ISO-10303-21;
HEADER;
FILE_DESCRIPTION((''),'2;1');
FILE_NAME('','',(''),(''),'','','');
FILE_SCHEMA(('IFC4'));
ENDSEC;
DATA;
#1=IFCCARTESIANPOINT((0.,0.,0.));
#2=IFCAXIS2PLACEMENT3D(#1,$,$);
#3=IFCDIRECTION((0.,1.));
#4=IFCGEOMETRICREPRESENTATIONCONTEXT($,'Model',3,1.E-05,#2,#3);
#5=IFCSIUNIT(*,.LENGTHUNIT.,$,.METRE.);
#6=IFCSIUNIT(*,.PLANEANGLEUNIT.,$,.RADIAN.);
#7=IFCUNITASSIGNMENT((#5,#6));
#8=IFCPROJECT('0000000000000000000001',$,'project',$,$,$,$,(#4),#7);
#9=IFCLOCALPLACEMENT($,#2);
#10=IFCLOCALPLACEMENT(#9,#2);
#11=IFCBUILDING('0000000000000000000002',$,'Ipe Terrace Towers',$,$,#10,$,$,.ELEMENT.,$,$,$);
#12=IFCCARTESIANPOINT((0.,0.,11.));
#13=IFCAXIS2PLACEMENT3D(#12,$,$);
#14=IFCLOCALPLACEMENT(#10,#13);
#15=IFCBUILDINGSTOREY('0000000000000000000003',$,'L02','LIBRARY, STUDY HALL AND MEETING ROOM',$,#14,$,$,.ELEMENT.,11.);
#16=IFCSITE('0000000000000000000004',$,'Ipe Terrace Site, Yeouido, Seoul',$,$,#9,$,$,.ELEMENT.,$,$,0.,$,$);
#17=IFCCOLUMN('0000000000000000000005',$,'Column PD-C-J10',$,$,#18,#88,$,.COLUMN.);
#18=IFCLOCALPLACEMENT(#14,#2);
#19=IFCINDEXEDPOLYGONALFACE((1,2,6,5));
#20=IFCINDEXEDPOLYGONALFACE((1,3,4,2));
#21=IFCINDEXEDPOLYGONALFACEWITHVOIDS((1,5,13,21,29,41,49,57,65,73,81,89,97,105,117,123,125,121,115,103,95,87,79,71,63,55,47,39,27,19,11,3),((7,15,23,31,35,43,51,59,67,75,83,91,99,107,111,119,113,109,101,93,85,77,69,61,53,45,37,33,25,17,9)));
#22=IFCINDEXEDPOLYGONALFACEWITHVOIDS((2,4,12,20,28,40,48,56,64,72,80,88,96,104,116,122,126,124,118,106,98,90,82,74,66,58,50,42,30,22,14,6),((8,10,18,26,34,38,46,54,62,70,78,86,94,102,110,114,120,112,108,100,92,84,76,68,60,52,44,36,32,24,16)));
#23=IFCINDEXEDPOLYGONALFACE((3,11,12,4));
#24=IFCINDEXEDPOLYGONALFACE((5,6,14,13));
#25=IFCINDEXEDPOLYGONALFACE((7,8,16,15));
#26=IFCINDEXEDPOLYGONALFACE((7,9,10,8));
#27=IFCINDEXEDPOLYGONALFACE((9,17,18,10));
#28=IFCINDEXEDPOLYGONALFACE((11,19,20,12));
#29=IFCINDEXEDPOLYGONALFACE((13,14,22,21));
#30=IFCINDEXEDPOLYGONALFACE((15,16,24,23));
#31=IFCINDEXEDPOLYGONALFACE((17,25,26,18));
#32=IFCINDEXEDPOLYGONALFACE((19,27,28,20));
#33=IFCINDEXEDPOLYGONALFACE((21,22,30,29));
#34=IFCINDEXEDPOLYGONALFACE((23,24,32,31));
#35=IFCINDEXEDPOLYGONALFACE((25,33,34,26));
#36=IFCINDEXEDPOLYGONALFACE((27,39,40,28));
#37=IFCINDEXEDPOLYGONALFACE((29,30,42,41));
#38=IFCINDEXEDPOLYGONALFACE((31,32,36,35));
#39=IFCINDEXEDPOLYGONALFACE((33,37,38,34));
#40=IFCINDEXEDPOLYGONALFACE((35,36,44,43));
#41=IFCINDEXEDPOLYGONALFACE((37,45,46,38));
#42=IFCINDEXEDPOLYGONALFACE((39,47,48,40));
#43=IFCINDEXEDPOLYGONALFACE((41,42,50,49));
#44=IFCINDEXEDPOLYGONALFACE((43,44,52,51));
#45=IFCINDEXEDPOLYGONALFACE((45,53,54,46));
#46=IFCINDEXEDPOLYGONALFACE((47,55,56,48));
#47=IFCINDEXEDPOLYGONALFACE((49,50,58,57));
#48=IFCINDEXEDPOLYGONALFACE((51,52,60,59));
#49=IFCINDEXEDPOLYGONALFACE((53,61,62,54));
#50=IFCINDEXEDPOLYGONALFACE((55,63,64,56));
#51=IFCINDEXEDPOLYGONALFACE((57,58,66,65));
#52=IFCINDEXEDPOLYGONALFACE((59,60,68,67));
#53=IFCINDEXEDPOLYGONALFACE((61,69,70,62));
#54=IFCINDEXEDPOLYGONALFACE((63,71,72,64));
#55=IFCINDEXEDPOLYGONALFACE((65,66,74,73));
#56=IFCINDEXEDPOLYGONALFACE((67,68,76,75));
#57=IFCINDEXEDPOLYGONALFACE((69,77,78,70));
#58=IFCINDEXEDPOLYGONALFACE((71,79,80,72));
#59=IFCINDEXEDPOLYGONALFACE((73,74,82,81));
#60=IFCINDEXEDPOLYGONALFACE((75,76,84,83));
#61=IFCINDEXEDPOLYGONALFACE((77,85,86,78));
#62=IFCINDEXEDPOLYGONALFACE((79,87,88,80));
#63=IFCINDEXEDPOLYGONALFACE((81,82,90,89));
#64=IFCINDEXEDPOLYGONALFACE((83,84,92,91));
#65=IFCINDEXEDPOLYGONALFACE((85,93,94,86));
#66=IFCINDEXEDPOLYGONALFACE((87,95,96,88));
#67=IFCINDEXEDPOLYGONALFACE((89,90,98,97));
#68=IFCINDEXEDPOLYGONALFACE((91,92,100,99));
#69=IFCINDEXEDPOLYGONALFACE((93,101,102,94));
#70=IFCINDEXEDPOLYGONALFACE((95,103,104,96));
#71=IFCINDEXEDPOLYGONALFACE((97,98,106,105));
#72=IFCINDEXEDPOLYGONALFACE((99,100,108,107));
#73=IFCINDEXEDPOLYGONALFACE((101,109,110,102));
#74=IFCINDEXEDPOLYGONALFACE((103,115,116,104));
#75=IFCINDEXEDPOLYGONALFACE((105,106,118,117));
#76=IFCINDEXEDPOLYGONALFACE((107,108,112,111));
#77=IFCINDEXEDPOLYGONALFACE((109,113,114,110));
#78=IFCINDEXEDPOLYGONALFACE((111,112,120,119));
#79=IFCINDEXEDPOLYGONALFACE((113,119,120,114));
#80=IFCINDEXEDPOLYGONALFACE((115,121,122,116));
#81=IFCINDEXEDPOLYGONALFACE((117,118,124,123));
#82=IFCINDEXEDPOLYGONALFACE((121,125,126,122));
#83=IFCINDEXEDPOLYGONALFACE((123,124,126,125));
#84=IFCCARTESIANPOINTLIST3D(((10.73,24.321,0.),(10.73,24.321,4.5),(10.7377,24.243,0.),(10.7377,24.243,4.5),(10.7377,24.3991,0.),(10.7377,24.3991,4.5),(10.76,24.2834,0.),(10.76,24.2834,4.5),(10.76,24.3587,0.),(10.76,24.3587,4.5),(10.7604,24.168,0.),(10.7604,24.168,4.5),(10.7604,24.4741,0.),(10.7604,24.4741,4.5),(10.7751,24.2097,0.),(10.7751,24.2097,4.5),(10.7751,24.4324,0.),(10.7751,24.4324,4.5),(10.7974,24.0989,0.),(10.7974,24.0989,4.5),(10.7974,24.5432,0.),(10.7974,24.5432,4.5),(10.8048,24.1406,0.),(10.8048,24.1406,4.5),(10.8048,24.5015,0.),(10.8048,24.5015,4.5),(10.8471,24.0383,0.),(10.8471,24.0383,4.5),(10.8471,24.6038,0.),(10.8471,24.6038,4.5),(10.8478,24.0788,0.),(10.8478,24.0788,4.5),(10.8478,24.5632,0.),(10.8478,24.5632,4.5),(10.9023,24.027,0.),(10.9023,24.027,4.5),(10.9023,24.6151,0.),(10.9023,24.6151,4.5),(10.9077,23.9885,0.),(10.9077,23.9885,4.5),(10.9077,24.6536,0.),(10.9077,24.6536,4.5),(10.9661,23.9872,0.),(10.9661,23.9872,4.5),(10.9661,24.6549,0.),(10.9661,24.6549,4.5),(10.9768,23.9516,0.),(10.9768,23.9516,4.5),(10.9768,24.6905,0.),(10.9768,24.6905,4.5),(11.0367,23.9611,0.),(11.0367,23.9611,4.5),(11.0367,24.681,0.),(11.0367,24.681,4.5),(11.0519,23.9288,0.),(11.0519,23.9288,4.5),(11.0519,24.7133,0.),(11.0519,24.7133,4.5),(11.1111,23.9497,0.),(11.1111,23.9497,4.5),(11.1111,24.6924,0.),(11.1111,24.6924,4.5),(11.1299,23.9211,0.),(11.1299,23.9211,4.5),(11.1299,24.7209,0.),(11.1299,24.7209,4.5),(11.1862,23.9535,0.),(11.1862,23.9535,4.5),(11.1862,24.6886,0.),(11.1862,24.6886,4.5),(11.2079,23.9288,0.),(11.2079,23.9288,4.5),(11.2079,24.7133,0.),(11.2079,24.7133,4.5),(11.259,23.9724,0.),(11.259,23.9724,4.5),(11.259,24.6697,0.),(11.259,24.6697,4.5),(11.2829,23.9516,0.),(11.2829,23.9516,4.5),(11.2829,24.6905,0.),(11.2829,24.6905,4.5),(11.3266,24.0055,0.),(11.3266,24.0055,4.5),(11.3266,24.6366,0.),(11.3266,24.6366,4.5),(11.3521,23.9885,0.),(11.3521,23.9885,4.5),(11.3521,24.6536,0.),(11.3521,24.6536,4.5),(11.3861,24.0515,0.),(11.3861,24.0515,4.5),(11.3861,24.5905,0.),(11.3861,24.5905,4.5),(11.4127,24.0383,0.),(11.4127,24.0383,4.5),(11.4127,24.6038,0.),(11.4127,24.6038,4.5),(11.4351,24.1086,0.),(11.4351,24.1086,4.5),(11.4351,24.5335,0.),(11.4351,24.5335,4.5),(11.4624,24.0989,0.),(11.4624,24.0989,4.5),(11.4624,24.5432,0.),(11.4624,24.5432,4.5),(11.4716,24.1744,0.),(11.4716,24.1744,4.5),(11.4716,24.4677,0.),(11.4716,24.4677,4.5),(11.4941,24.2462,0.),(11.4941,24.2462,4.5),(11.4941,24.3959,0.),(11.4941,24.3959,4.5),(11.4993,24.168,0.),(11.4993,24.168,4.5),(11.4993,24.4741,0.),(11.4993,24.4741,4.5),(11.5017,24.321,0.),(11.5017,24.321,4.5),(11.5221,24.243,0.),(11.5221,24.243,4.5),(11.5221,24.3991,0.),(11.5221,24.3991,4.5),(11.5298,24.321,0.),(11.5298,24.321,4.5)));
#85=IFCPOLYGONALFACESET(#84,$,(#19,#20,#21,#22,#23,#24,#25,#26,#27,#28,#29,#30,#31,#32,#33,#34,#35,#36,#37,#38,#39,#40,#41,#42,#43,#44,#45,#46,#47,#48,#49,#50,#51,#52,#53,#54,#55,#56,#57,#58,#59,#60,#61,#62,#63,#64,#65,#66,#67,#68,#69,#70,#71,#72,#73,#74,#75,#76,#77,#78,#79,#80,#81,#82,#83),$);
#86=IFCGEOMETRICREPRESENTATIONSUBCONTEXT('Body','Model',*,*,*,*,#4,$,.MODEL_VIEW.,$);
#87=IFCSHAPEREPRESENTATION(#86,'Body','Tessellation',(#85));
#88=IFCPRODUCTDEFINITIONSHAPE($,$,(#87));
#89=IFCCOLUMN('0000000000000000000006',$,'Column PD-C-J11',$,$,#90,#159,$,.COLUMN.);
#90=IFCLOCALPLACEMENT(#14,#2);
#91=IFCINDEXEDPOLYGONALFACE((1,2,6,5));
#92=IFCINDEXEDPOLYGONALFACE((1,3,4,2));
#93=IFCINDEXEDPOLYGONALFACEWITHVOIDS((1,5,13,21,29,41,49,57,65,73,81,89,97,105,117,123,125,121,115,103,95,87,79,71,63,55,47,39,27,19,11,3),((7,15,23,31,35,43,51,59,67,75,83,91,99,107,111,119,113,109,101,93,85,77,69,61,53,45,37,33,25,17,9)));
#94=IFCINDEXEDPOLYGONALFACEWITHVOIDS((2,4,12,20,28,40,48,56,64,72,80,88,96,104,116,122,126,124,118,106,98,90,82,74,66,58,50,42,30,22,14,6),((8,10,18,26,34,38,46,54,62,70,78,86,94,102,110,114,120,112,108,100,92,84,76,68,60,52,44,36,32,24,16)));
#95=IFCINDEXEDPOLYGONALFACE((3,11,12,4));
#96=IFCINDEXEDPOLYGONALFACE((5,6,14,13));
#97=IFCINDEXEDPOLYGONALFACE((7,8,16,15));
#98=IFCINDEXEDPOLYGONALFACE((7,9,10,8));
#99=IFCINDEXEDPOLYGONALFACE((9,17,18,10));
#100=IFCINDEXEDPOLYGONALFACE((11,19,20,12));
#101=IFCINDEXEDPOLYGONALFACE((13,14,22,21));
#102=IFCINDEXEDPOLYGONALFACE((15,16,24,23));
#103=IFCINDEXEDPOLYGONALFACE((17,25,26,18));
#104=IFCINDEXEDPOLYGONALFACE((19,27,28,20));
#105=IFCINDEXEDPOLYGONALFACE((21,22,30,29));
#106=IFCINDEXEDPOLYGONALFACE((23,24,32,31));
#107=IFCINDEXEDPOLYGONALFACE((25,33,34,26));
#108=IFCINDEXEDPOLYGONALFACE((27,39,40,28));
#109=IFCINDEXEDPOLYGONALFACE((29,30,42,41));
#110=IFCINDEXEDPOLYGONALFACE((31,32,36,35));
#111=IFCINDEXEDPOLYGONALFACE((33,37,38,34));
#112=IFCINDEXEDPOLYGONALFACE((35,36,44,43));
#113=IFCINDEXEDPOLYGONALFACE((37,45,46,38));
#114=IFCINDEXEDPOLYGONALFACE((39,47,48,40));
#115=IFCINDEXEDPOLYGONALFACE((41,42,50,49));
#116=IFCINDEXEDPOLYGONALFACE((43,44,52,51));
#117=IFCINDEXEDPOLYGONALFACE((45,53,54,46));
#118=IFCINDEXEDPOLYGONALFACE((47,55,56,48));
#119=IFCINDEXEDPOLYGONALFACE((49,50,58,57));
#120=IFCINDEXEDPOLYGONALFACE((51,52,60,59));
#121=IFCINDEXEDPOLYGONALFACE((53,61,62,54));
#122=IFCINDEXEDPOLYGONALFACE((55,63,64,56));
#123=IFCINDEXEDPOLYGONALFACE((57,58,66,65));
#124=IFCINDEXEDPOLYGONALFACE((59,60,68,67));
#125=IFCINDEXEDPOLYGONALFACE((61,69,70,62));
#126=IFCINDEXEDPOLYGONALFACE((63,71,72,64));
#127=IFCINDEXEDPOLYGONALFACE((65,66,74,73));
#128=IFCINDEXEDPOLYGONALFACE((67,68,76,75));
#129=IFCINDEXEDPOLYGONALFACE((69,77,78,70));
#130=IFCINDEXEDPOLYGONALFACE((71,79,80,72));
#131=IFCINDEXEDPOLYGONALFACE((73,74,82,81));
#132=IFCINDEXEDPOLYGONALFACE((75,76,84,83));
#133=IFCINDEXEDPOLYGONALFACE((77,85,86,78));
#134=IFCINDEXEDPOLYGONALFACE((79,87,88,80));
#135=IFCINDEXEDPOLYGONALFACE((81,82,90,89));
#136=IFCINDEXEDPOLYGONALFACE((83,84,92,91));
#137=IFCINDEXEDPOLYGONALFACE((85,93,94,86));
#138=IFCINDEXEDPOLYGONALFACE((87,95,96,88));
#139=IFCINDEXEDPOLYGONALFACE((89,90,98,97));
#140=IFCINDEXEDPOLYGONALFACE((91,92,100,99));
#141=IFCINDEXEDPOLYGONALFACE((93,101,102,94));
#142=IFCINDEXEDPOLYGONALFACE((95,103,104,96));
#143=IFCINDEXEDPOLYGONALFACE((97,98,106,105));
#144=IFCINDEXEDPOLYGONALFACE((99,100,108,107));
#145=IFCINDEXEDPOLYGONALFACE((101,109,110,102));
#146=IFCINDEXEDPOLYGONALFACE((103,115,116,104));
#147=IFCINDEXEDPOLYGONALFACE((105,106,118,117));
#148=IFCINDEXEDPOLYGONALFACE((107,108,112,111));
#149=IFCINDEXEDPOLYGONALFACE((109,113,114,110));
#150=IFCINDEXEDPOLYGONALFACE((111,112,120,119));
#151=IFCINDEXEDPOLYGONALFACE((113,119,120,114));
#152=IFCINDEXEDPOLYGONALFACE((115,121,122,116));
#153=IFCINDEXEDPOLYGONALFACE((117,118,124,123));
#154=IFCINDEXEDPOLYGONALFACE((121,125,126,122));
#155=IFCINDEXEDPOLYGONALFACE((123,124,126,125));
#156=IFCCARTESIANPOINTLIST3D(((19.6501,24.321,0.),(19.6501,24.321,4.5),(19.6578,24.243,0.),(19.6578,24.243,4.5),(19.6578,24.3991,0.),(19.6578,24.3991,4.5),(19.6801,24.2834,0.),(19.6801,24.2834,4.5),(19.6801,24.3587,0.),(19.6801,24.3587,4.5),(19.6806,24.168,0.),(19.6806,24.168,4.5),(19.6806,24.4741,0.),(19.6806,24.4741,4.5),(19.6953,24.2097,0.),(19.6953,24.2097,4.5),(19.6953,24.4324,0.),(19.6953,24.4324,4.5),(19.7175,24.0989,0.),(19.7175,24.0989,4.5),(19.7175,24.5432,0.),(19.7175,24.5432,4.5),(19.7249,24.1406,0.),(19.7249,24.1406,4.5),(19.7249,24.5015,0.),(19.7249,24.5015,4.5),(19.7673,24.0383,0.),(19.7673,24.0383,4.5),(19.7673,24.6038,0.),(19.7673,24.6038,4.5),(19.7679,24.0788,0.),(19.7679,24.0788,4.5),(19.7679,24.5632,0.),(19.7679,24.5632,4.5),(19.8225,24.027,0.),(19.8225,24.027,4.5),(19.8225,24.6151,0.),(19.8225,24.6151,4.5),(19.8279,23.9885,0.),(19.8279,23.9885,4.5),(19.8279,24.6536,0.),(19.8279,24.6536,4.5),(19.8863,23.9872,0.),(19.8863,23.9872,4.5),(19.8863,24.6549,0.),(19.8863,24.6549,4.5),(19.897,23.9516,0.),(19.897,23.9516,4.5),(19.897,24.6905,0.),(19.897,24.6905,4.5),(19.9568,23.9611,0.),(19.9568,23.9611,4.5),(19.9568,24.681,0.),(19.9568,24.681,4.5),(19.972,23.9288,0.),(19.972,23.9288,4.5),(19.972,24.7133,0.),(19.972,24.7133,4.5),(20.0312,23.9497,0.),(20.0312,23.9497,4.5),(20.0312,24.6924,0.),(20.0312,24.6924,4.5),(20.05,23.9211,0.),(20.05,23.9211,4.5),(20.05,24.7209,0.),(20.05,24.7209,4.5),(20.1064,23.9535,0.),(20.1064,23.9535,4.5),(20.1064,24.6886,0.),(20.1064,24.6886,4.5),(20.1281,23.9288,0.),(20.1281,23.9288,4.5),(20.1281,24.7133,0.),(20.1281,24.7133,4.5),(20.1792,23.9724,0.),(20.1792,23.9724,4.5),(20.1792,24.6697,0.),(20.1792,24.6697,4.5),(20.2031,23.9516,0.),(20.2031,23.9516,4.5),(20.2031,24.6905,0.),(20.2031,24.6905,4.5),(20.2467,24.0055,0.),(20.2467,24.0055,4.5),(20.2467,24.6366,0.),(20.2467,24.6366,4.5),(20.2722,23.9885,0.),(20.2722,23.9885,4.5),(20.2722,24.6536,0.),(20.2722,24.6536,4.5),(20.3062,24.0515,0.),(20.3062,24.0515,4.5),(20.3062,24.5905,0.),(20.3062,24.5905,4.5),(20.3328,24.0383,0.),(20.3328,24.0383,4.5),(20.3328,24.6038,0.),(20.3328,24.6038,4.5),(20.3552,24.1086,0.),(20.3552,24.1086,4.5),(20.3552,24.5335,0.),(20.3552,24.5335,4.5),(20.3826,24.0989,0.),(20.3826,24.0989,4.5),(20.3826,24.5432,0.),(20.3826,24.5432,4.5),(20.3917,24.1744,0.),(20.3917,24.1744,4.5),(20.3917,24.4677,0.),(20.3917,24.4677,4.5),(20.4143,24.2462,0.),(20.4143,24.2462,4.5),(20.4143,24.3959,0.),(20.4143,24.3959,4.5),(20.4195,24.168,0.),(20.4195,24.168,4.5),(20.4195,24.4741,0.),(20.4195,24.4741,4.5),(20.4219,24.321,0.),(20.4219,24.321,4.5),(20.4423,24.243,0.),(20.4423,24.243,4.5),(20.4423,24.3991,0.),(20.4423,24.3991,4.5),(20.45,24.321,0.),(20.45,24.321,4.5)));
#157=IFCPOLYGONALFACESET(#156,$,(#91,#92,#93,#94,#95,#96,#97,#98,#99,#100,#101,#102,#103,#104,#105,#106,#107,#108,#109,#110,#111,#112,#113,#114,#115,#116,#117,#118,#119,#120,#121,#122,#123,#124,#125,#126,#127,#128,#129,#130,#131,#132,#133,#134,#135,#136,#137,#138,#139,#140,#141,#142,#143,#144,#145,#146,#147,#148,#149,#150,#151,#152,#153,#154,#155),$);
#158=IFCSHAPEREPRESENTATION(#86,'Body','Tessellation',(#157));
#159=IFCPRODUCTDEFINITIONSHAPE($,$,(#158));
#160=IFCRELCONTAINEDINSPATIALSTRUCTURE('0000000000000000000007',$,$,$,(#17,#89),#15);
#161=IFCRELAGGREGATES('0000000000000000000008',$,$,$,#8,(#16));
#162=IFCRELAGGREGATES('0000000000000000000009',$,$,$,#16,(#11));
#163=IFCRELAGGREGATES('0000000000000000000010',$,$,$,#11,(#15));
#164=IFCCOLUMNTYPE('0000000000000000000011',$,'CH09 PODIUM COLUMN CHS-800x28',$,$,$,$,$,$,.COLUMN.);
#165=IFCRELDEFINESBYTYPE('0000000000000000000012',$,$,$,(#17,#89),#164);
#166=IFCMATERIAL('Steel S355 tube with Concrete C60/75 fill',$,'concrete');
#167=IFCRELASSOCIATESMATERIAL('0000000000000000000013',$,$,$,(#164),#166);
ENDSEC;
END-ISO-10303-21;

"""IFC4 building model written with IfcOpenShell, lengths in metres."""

from ifc_helpers import new_model, si_unit, direction, frame, origin, origin_2d, place, context, subcontext, project, spatial, hollow_circle, extrude, material, material_profile, profile_set, type_object, element, save


model = new_model("IFC4")

# Units and contexts
model_context = context("Model", 3, precision=1e-05, world=origin(), true_north=direction((0.0, 1.0)))
body_context = subcontext(model_context, "Body", "Model", "MODEL_VIEW")
ifc_project = project(units=[si_unit("LENGTHUNIT", "METRE"), si_unit("PLANEANGLEUNIT", "RADIAN")], contexts=[model_context])

# Site, building, storey
site_placement = place(None, origin())
site = spatial("IfcSite", under=ifc_project, at=site_placement, Name="Ipe Terrace Site, Yeouido, Seoul", CompositionType="ELEMENT", RefElevation=0.0)
building_placement = place(site_placement, origin())
building = spatial("IfcBuilding", under=site, at=building_placement, Name="Ipe Terrace Towers", CompositionType="ELEMENT")
storey_placement = place(building_placement, frame((0.0, 0.0, 11.0)))
storey = spatial("IfcBuildingStorey", under=building, at=storey_placement, Name="L02", Description="LIBRARY, STUDY HALL AND MEETING ROOM", CompositionType="ELEMENT", Elevation=11.0)

# Columns
ifc_material_1 = material(Name="Steel S355 tube with Concrete C60/75 fill", Category="concrete")
ifc_material_profile_1 = material_profile(ifc_material_1, hollow_circle(Radius=0.3999, WallThickness=0.0281, at=origin_2d()), Name="CHS-800x28")
ifc_profile_set_1 = profile_set([ifc_material_profile_1], Name="Steel S355 tube with Concrete C60/75 fill")
column_type = type_object("IfcColumnType", Name="CH09 PODIUM COLUMN CHS-800x28", PredefinedType="COLUMN", material=ifc_profile_set_1)
for number, where, z_axis, x_axis, name in (
    (1, (11.1299, 24.321, 0.0), (0.0, 0.0, 1.0), (1.0, 0.0, 0.0), "Column PD-C-J10"),
    (2, (20.05, 24.321, 0.0), (0.0, 0.0, 1.0), (1.0, 0.0, 0.0), "Column PD-C-J11"),
):
    element("IfcColumn", number, at=place(storey_placement, frame(where, z_axis=z_axis, x_axis=x_axis)), inside=storey, type_object=column_type, Name=name, PredefinedType="COLUMN", context=body_context, shape_type="SweptSolid", body=[
        extrude(hollow_circle(Radius=0.3999, WallThickness=0.0281, at=origin_2d()), origin(), (0.0, 0.0, 1.0), 4.5),
    ])

save(model, "model.ifc")
